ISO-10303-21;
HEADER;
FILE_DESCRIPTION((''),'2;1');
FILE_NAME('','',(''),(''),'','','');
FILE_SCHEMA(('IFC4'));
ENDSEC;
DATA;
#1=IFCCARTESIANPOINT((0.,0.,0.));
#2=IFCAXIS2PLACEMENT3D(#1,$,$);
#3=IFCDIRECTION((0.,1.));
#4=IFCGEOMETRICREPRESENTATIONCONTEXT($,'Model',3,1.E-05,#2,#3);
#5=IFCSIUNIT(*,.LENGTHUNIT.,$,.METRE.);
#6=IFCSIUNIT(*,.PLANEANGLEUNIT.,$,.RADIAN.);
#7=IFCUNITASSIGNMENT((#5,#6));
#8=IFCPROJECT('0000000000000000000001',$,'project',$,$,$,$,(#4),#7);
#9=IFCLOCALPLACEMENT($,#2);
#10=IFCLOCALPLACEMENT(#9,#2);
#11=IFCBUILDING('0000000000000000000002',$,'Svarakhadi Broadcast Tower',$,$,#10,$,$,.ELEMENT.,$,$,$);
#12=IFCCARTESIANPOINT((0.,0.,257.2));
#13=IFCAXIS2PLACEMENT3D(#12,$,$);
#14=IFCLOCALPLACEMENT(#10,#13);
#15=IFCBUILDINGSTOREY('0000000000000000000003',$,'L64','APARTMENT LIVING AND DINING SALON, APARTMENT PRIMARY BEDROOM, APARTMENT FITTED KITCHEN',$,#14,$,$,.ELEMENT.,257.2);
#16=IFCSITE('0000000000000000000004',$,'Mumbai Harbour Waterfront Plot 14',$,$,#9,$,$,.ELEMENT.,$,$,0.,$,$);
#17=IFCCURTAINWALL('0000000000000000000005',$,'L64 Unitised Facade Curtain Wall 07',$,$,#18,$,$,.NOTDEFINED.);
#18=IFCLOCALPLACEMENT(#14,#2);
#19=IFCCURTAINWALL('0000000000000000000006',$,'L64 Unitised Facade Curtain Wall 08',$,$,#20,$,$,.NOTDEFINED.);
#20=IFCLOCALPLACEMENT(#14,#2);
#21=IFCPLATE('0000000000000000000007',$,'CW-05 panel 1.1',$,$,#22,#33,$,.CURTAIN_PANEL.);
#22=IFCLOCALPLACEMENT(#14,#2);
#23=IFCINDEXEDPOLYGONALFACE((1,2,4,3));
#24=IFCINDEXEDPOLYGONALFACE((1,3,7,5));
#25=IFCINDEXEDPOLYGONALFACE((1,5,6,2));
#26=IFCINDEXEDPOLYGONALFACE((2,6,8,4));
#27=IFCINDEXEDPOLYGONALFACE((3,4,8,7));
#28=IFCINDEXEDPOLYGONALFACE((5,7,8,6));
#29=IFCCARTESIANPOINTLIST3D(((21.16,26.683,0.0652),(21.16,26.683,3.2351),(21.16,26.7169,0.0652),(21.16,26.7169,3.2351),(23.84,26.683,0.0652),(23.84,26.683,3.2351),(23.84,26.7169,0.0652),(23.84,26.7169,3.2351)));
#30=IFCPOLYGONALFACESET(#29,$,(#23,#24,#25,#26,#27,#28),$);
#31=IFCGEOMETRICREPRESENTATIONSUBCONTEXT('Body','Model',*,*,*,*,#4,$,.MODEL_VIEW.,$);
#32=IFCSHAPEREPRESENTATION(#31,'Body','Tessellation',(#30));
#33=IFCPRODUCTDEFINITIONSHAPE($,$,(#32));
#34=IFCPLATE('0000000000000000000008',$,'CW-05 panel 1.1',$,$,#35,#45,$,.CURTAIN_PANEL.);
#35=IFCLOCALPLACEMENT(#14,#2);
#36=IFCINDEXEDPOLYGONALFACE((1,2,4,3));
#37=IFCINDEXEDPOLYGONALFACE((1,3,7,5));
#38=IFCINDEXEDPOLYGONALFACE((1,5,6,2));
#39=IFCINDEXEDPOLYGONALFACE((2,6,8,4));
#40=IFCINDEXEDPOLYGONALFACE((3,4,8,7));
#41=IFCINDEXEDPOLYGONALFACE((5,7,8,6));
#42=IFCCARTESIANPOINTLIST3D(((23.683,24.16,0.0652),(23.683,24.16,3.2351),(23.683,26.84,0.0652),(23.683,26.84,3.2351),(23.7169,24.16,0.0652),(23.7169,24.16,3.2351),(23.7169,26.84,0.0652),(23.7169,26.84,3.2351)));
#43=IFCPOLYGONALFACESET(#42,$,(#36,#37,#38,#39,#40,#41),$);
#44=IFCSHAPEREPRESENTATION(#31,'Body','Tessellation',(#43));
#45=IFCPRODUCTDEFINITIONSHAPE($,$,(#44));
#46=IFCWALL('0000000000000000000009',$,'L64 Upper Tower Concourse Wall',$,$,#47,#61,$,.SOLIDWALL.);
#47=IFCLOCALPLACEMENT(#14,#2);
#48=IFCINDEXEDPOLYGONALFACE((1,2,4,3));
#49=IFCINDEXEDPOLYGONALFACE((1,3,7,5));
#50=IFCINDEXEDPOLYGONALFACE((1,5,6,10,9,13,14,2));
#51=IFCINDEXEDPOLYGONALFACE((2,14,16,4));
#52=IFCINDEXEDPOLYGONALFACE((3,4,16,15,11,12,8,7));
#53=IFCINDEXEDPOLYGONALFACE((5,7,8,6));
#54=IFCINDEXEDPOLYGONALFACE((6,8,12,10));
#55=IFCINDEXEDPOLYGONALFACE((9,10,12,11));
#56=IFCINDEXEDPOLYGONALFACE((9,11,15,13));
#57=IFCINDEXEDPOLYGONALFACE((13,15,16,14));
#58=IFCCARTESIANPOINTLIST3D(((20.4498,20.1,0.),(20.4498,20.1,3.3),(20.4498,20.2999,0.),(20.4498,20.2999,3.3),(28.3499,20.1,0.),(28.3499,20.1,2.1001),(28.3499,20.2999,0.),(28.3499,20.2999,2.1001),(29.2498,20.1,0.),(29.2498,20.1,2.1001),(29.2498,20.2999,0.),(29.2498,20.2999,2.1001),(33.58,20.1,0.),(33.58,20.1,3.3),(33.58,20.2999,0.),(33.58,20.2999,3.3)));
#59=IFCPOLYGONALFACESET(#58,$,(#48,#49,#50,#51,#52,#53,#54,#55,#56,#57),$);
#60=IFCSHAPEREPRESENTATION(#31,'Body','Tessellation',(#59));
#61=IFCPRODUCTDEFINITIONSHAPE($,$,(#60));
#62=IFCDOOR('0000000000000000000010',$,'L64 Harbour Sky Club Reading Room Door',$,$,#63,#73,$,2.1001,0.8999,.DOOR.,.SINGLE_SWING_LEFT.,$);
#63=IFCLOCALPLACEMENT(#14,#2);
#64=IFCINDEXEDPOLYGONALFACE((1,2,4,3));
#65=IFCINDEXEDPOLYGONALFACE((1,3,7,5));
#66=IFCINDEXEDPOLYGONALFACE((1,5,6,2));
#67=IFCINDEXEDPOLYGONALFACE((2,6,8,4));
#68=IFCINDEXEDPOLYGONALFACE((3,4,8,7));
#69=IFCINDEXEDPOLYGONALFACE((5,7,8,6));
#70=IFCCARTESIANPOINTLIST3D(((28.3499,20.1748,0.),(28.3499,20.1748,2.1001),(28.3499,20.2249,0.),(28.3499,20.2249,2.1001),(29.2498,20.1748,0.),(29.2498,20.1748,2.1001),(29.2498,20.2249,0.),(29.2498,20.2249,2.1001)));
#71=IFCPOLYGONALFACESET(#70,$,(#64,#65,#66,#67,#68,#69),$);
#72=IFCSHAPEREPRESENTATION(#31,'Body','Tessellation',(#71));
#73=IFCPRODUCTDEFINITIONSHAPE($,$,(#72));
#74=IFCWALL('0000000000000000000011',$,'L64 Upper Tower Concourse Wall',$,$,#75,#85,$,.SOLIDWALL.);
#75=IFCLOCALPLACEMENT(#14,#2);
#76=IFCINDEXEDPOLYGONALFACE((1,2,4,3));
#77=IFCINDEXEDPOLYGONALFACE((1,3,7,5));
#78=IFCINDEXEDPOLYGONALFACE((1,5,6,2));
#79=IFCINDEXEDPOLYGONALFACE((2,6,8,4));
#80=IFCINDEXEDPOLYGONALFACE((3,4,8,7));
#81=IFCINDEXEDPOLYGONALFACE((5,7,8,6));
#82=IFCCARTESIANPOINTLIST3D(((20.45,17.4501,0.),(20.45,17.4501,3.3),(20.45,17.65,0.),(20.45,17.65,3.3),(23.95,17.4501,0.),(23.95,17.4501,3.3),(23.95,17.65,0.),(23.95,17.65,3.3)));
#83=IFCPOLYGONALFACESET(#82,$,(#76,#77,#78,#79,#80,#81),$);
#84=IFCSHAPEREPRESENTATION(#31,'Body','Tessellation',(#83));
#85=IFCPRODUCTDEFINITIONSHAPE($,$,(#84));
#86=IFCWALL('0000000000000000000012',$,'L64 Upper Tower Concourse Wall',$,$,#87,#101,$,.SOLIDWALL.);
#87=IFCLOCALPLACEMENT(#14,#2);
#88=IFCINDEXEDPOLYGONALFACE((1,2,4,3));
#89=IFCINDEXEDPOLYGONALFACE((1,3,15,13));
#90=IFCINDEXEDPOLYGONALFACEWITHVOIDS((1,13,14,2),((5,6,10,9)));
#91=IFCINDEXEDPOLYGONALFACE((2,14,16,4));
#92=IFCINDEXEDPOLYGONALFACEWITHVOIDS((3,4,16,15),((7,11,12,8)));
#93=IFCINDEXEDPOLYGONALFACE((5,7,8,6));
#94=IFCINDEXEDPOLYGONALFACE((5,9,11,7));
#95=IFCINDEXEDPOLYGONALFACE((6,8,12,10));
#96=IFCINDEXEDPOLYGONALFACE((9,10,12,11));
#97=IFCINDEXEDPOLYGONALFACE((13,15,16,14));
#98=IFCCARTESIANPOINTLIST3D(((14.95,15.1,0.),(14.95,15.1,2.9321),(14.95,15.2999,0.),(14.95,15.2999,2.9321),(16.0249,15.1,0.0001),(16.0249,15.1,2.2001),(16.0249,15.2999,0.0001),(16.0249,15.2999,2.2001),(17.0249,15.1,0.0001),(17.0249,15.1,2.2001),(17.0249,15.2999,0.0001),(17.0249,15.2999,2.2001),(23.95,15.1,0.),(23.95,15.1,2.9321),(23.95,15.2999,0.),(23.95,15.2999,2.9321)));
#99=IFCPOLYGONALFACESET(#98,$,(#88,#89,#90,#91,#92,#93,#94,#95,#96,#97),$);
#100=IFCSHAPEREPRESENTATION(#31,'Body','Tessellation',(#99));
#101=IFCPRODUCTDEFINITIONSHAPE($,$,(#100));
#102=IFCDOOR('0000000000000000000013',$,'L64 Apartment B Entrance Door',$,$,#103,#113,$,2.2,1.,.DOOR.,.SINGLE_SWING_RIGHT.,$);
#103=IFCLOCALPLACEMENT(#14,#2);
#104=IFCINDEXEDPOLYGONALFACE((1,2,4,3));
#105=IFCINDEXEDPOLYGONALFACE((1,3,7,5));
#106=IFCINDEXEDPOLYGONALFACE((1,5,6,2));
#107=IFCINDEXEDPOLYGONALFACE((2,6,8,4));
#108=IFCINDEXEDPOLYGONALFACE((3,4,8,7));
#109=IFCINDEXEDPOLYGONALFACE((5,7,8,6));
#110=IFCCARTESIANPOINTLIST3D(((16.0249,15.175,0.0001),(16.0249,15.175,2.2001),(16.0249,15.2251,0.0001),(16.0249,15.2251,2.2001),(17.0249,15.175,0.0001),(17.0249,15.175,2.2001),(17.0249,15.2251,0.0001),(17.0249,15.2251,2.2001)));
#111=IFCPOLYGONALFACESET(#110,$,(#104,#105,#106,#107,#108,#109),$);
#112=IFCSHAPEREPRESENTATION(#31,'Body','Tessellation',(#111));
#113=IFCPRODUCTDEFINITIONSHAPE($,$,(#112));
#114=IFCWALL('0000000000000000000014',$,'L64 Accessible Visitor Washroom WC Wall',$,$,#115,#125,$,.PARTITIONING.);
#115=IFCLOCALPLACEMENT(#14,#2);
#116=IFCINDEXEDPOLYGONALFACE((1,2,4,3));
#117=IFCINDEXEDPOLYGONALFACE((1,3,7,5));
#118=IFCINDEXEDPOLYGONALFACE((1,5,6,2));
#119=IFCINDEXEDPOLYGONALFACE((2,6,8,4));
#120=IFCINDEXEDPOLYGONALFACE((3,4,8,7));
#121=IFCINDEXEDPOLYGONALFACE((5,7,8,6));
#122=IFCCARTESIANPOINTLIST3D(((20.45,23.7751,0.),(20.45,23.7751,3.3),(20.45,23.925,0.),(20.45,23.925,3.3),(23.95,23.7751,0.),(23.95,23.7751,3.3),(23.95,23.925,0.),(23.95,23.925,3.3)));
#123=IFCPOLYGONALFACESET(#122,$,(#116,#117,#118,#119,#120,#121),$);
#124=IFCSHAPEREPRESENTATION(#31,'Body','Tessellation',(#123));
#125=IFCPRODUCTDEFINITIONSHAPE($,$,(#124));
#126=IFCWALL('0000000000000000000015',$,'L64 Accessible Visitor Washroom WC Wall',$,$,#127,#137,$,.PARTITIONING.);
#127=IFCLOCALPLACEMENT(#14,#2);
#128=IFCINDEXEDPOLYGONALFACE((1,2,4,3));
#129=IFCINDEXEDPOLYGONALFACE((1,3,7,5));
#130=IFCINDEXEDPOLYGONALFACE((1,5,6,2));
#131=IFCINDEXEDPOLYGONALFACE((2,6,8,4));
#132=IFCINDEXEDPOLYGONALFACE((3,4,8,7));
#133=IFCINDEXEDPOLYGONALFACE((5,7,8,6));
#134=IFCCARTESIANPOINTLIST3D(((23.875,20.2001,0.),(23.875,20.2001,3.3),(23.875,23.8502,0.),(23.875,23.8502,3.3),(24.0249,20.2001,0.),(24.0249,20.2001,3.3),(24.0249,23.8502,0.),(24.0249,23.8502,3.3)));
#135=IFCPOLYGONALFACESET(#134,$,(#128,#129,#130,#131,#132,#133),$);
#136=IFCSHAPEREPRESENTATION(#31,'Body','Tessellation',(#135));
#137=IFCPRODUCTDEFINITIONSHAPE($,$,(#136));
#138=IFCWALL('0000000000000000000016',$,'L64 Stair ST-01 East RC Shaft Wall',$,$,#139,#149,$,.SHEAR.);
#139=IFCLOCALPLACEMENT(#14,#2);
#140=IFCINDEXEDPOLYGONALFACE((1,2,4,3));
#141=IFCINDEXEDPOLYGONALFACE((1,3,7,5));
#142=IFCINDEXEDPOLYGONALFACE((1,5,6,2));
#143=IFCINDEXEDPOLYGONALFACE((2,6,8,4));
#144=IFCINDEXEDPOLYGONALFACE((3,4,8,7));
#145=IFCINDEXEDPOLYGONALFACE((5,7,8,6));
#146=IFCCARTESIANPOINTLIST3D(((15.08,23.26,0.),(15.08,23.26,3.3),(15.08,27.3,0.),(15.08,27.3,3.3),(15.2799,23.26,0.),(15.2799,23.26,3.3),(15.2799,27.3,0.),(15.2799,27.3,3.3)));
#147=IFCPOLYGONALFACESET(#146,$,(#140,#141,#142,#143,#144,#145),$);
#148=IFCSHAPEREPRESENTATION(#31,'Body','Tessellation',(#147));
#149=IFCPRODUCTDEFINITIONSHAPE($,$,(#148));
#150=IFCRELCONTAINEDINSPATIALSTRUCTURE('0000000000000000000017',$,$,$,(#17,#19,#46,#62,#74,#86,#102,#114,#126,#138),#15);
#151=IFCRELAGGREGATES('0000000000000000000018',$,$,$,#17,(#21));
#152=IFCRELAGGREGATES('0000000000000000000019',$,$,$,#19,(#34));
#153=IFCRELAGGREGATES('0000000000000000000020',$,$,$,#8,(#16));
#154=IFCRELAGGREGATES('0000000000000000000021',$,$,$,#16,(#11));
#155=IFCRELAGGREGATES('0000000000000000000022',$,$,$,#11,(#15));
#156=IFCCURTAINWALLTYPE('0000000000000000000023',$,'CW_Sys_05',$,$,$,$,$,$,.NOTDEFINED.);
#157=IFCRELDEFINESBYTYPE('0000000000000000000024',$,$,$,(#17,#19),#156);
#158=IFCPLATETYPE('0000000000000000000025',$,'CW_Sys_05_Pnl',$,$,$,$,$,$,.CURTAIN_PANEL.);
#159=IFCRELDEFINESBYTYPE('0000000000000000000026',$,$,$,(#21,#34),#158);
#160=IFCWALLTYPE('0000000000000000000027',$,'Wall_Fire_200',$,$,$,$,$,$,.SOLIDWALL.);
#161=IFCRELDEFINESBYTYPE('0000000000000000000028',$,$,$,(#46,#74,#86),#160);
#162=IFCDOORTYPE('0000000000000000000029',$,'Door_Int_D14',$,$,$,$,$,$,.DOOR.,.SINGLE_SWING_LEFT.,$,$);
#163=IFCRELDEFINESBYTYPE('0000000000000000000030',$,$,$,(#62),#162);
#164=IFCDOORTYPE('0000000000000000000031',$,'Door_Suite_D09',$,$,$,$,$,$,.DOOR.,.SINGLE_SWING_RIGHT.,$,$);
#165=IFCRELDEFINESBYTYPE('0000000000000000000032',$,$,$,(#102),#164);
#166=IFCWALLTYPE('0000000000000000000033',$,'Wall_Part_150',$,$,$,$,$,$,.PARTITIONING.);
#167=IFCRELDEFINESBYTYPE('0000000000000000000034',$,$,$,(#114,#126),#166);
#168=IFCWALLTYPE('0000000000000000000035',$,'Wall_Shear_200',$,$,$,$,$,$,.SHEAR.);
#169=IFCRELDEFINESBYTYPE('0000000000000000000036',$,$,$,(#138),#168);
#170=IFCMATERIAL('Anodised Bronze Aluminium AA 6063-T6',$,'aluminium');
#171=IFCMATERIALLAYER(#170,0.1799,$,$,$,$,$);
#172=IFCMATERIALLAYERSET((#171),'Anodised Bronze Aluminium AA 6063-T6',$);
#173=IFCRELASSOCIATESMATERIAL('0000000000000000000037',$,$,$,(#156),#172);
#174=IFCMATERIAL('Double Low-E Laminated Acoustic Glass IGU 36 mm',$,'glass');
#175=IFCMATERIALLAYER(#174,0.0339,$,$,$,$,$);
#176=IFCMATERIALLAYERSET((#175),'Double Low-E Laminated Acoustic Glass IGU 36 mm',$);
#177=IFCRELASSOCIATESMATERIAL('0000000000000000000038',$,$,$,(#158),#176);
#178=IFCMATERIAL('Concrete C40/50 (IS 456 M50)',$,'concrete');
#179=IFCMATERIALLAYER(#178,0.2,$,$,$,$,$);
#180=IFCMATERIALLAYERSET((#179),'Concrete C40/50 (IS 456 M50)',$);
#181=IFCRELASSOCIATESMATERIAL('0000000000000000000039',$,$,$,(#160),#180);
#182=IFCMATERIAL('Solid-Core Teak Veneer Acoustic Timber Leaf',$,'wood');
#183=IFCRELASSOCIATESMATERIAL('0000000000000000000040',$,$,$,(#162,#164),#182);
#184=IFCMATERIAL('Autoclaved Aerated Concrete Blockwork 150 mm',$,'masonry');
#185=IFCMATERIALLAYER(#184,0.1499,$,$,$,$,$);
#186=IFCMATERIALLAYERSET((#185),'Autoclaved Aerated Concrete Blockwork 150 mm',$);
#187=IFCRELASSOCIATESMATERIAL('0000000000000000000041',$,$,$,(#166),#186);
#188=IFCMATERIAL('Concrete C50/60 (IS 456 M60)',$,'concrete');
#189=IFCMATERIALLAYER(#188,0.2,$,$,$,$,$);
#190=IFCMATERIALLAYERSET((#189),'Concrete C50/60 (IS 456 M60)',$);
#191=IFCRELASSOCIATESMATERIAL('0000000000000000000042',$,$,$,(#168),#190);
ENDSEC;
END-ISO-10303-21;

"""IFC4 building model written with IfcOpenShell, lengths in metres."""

from ifc_helpers import new_model, si_unit, direction, frame, frame_2d, origin, origin_2d, place, context, subcontext, project, spatial, rectangle, extrude, material, layer, layer_set, type_object, element, fill, aggregate, save


model = new_model("IFC4")

# Units and contexts
model_context = context("Model", 3, precision=1e-05, world=origin(), true_north=direction((0.0, 1.0)))
body_context = subcontext(model_context, "Body", "Model", "MODEL_VIEW")
ifc_project = project(units=[si_unit("LENGTHUNIT", "METRE"), si_unit("PLANEANGLEUNIT", "RADIAN")], contexts=[model_context])

# Site, building, storey
site_placement = place(None, origin())
site = spatial("IfcSite", under=ifc_project, at=site_placement, Name="Mumbai Harbour Waterfront Plot 14", CompositionType="ELEMENT", RefElevation=0.0)
building_placement = place(site_placement, origin())
building = spatial("IfcBuilding", under=site, at=building_placement, Name="Svarakhadi Broadcast Tower", CompositionType="ELEMENT")
storey_placement = place(building_placement, frame((0.0, 0.0, 257.2)))
storey = spatial("IfcBuildingStorey", under=building, at=storey_placement, Name="L64", Description="APARTMENT LIVING AND DINING SALON, APARTMENT PRIMARY BEDROOM, APARTMENT FITTED KITCHEN", CompositionType="ELEMENT", Elevation=257.2)

# Shared definitions
ifc_material_1 = material(Name="Concrete C50/60 (IS 456 M60)", Category="concrete")

# Curtain wall
ifc_material_2 = material(Name="Anodised Bronze Aluminium AA 6063-T6", Category="aluminium")
ifc_layer_1 = layer(ifc_material_2, 0.1799)
ifc_layer_set_1 = layer_set([ifc_layer_1], Name="Anodised Bronze Aluminium AA 6063-T6")
curtain_wall_type = type_object("IfcCurtainWallType", Name="CW_Sys_05", PredefinedType="NOTDEFINED", material=ifc_layer_set_1)
curtain_wall_1_placement = place(storey_placement, origin())
curtain_wall_1 = element("IfcCurtainWall", 1, at=curtain_wall_1_placement, inside=storey, type_object=curtain_wall_type, Name="L64 Unitised Facade Curtain Wall 07", PredefinedType="NOTDEFINED")

# Curtain wall
curtain_wall_2_placement = place(storey_placement, origin())
curtain_wall_2 = element("IfcCurtainWall", 2, at=curtain_wall_2_placement, inside=storey, type_object=curtain_wall_type, Name="L64 Unitised Facade Curtain Wall 08", PredefinedType="NOTDEFINED")

# Plates
ifc_material_3 = material(Name="Double Low-E Laminated Acoustic Glass IGU 36 mm", Category="glass")
ifc_layer_2 = layer(ifc_material_3, 0.0339)
ifc_layer_set_2 = layer_set([ifc_layer_2], Name="Double Low-E Laminated Acoustic Glass IGU 36 mm")
plate_type = type_object("IfcPlateType", Name="CW_Sys_05_Pnl", PredefinedType="CURTAIN_PANEL", material=ifc_layer_set_2)
plate_1_placement = place(storey_placement, frame((22.5, 26.7, 0.0652), z_axis=(0.0, 0.0, 1.0), x_axis=(1.0, 0.0, 0.0)))
plate_1 = element("IfcPlate", 3, at=plate_1_placement, type_object=plate_type, Name="CW-05 panel 1.1", PredefinedType="CURTAIN_PANEL", context=body_context, shape_type="SweptSolid", body=[
    extrude(rectangle(XDim=2.6799, YDim=0.0339, at=origin_2d()), origin(), (0.0, 0.0, 1.0), 3.1699),
])
aggregate(curtain_wall_1, [plate_1])
plate_2_placement = place(storey_placement, frame((23.7, 25.5, 0.0652), z_axis=(0.0, 0.0, 1.0), x_axis=(0.0, -1.0, 0.0)))
plate_2 = element("IfcPlate", 4, at=plate_2_placement, type_object=plate_type, Name="CW-05 panel 1.1", PredefinedType="CURTAIN_PANEL", context=body_context, shape_type="SweptSolid", body=[
    extrude(rectangle(XDim=2.6799, YDim=0.0339, at=origin_2d()), origin(), (0.0, 0.0, 1.0), 3.1699),
])
aggregate(curtain_wall_2, [plate_2])

# Wall, opening, door
ifc_material_4 = material(Name="Concrete C40/50 (IS 456 M50)", Category="concrete")
ifc_layer_3 = layer(ifc_material_4, 0.2)
ifc_layer_set_3 = layer_set([ifc_layer_3], Name="Concrete C40/50 (IS 456 M50)")
wall_type_1 = type_object("IfcWallType", Name="Wall_Fire_200", PredefinedType="SOLIDWALL", material=ifc_layer_set_3)
wall_1_placement = place(storey_placement, frame((20.45, 20.2, 0.0), z_axis=(0.0, 0.0, 1.0), x_axis=(1.0, 0.0, 0.0)))
wall_1 = element("IfcWall", 5, at=wall_1_placement, inside=storey, type_object=wall_type_1, Name="L64 Upper Tower Concourse Wall", PredefinedType="SOLIDWALL", context=body_context, shape_type="SweptSolid", body=[
    extrude(rectangle(XDim=13.1301, YDim=0.2, at=frame_2d((6.5649, 0.0))), origin(), (0.0, 0.0, 1.0), 3.3),
])
opening_1_placement = place(wall_1_placement, frame((7.8999, 0.0, 0.0)))
opening_1 = element("IfcOpeningElement", 6, at=opening_1_placement, cuts=wall_1, PredefinedType="OPENING", context=body_context, shape_type="SweptSolid", body=[
    extrude(rectangle(XDim=0.8999, YDim=2.1001, at=frame_2d((0.45, 1.05))), frame((0.0, 0.1099, 0.0), z_axis=(0.0, -1.0, 0.0), x_axis=(1.0, 0.0, 0.0)), (0.0, 0.0, 1.0), 0.22),
])
ifc_material_5 = material(Name="Solid-Core Teak Veneer Acoustic Timber Leaf", Category="wood")
door_type_1 = type_object("IfcDoorType", Name="Door_Int_D14", OperationType="SINGLE_SWING_LEFT", PredefinedType="DOOR", material=ifc_material_5)
door_1_placement = place(opening_1_placement, origin())
door_1 = element("IfcDoor", 7, at=door_1_placement, inside=storey, type_object=door_type_1, Name="L64 Harbour Sky Club Reading Room Door", OperationType="SINGLE_SWING_LEFT", OverallHeight=2.1001, OverallWidth=0.8999, PredefinedType="DOOR", context=body_context, shape_type="SweptSolid", body=[
    extrude(rectangle(XDim=0.8999, YDim=2.1001, at=frame_2d((0.45, 1.05))), frame((0.0, 0.0249, 0.0), z_axis=(0.0, -1.0, 0.0), x_axis=(1.0, 0.0, 0.0)), (0.0, 0.0, 1.0), 0.05),
])
fill(opening_1, door_1)

# Wall
wall_2_placement = place(storey_placement, frame((20.45, 17.55, 0.0), z_axis=(0.0, 0.0, 1.0), x_axis=(1.0, 0.0, 0.0)))
element("IfcWall", 8, at=wall_2_placement, inside=storey, type_object=wall_type_1, Name="L64 Upper Tower Concourse Wall", PredefinedType="SOLIDWALL", context=body_context, shape_type="SweptSolid", body=[
    extrude(rectangle(XDim=3.5, YDim=0.2, at=frame_2d((1.75, 0.0))), origin(), (0.0, 0.0, 1.0), 3.3),
])

# Wall, opening, door
wall_3_placement = place(storey_placement, frame((23.95, 15.2, 0.0), z_axis=(0.0, 0.0, 1.0), x_axis=(-1.0, 0.0, 0.0)))
wall_3 = element("IfcWall", 9, at=wall_3_placement, inside=storey, type_object=wall_type_1, Name="L64 Upper Tower Concourse Wall", PredefinedType="SOLIDWALL", context=body_context, shape_type="SweptSolid", body=[
    extrude(rectangle(XDim=9.0, YDim=0.2, at=frame_2d((4.5, 0.0))), origin(), (0.0, 0.0, 1.0), 2.9321),
])
opening_2_placement = place(wall_3_placement, frame((6.925, 0.0, 0.0)))
opening_2 = element("IfcOpeningElement", 10, at=opening_2_placement, cuts=wall_3, PredefinedType="OPENING", context=body_context, shape_type="SweptSolid", body=[
    extrude(rectangle(XDim=1.0, YDim=2.2, at=frame_2d((0.5, 1.1001))), frame((0.0, 0.1099, 0.0), z_axis=(0.0, -1.0, 0.0), x_axis=(1.0, 0.0, 0.0)), (0.0, 0.0, 1.0), 0.22),
])
door_type_2 = type_object("IfcDoorType", Name="Door_Suite_D09", OperationType="SINGLE_SWING_RIGHT", PredefinedType="DOOR", material=ifc_material_5)
door_2_placement = place(opening_2_placement, origin())
door_2 = element("IfcDoor", 11, at=door_2_placement, inside=storey, type_object=door_type_2, Name="L64 Apartment B Entrance Door", OperationType="SINGLE_SWING_RIGHT", OverallHeight=2.2, OverallWidth=1.0, PredefinedType="DOOR", context=body_context, shape_type="SweptSolid", body=[
    extrude(rectangle(XDim=1.0, YDim=2.2, at=frame_2d((0.5, 1.1001))), frame((0.0, 0.0249, 0.0), z_axis=(0.0, -1.0, 0.0), x_axis=(1.0, 0.0, 0.0)), (0.0, 0.0, 1.0), 0.05),
])
fill(opening_2, door_2)

# Walls
ifc_material_6 = material(Name="Autoclaved Aerated Concrete Blockwork 150 mm", Category="masonry")
ifc_layer_4 = layer(ifc_material_6, 0.1499)
ifc_layer_set_4 = layer_set([ifc_layer_4], Name="Autoclaved Aerated Concrete Blockwork 150 mm")
wall_type_2 = type_object("IfcWallType", Name="Wall_Part_150", PredefinedType="PARTITIONING", material=ifc_layer_set_4)
wall_4_placement = place(storey_placement, frame((20.45, 23.8501, 0.0), z_axis=(0.0, 0.0, 1.0), x_axis=(1.0, 0.0, 0.0)))
element("IfcWall", 12, at=wall_4_placement, inside=storey, type_object=wall_type_2, Name="L64 Accessible Visitor Washroom WC Wall", PredefinedType="PARTITIONING", context=body_context, shape_type="SweptSolid", body=[
    extrude(rectangle(XDim=3.5, YDim=0.1499, at=frame_2d((1.75, 0.0))), origin(), (0.0, 0.0, 1.0), 3.3),
])
wall_5_placement = place(storey_placement, frame((23.95, 20.2, 0.0), z_axis=(0.0, 0.0, 1.0), x_axis=(0.0, 1.0, 0.0)))
element("IfcWall", 13, at=wall_5_placement, inside=storey, type_object=wall_type_2, Name="L64 Accessible Visitor Washroom WC Wall", PredefinedType="PARTITIONING", context=body_context, shape_type="SweptSolid", body=[
    extrude(rectangle(XDim=3.6501, YDim=0.1499, at=frame_2d((1.8252, 0.0))), origin(), (0.0, 0.0, 1.0), 3.3),
])
ifc_layer_5 = layer(ifc_material_1, 0.2)
ifc_layer_set_5 = layer_set([ifc_layer_5], Name="Concrete C50/60 (IS 456 M60)")
wall_type_3 = type_object("IfcWallType", Name="Wall_Shear_200", PredefinedType="SHEAR", material=ifc_layer_set_5)
wall_6_placement = place(storey_placement, frame((15.1799, 23.26, 0.0), z_axis=(0.0, 0.0, 1.0), x_axis=(0.0, 1.0, 0.0)))
element("IfcWall", 14, at=wall_6_placement, inside=storey, type_object=wall_type_3, Name="L64 Stair ST-01 East RC Shaft Wall", PredefinedType="SHEAR", context=body_context, shape_type="SweptSolid", body=[
    extrude(rectangle(XDim=4.04, YDim=0.2, at=frame_2d((2.02, 0.0))), origin(), (0.0, 0.0, 1.0), 3.3),
])

save(model, "model.ifc")
